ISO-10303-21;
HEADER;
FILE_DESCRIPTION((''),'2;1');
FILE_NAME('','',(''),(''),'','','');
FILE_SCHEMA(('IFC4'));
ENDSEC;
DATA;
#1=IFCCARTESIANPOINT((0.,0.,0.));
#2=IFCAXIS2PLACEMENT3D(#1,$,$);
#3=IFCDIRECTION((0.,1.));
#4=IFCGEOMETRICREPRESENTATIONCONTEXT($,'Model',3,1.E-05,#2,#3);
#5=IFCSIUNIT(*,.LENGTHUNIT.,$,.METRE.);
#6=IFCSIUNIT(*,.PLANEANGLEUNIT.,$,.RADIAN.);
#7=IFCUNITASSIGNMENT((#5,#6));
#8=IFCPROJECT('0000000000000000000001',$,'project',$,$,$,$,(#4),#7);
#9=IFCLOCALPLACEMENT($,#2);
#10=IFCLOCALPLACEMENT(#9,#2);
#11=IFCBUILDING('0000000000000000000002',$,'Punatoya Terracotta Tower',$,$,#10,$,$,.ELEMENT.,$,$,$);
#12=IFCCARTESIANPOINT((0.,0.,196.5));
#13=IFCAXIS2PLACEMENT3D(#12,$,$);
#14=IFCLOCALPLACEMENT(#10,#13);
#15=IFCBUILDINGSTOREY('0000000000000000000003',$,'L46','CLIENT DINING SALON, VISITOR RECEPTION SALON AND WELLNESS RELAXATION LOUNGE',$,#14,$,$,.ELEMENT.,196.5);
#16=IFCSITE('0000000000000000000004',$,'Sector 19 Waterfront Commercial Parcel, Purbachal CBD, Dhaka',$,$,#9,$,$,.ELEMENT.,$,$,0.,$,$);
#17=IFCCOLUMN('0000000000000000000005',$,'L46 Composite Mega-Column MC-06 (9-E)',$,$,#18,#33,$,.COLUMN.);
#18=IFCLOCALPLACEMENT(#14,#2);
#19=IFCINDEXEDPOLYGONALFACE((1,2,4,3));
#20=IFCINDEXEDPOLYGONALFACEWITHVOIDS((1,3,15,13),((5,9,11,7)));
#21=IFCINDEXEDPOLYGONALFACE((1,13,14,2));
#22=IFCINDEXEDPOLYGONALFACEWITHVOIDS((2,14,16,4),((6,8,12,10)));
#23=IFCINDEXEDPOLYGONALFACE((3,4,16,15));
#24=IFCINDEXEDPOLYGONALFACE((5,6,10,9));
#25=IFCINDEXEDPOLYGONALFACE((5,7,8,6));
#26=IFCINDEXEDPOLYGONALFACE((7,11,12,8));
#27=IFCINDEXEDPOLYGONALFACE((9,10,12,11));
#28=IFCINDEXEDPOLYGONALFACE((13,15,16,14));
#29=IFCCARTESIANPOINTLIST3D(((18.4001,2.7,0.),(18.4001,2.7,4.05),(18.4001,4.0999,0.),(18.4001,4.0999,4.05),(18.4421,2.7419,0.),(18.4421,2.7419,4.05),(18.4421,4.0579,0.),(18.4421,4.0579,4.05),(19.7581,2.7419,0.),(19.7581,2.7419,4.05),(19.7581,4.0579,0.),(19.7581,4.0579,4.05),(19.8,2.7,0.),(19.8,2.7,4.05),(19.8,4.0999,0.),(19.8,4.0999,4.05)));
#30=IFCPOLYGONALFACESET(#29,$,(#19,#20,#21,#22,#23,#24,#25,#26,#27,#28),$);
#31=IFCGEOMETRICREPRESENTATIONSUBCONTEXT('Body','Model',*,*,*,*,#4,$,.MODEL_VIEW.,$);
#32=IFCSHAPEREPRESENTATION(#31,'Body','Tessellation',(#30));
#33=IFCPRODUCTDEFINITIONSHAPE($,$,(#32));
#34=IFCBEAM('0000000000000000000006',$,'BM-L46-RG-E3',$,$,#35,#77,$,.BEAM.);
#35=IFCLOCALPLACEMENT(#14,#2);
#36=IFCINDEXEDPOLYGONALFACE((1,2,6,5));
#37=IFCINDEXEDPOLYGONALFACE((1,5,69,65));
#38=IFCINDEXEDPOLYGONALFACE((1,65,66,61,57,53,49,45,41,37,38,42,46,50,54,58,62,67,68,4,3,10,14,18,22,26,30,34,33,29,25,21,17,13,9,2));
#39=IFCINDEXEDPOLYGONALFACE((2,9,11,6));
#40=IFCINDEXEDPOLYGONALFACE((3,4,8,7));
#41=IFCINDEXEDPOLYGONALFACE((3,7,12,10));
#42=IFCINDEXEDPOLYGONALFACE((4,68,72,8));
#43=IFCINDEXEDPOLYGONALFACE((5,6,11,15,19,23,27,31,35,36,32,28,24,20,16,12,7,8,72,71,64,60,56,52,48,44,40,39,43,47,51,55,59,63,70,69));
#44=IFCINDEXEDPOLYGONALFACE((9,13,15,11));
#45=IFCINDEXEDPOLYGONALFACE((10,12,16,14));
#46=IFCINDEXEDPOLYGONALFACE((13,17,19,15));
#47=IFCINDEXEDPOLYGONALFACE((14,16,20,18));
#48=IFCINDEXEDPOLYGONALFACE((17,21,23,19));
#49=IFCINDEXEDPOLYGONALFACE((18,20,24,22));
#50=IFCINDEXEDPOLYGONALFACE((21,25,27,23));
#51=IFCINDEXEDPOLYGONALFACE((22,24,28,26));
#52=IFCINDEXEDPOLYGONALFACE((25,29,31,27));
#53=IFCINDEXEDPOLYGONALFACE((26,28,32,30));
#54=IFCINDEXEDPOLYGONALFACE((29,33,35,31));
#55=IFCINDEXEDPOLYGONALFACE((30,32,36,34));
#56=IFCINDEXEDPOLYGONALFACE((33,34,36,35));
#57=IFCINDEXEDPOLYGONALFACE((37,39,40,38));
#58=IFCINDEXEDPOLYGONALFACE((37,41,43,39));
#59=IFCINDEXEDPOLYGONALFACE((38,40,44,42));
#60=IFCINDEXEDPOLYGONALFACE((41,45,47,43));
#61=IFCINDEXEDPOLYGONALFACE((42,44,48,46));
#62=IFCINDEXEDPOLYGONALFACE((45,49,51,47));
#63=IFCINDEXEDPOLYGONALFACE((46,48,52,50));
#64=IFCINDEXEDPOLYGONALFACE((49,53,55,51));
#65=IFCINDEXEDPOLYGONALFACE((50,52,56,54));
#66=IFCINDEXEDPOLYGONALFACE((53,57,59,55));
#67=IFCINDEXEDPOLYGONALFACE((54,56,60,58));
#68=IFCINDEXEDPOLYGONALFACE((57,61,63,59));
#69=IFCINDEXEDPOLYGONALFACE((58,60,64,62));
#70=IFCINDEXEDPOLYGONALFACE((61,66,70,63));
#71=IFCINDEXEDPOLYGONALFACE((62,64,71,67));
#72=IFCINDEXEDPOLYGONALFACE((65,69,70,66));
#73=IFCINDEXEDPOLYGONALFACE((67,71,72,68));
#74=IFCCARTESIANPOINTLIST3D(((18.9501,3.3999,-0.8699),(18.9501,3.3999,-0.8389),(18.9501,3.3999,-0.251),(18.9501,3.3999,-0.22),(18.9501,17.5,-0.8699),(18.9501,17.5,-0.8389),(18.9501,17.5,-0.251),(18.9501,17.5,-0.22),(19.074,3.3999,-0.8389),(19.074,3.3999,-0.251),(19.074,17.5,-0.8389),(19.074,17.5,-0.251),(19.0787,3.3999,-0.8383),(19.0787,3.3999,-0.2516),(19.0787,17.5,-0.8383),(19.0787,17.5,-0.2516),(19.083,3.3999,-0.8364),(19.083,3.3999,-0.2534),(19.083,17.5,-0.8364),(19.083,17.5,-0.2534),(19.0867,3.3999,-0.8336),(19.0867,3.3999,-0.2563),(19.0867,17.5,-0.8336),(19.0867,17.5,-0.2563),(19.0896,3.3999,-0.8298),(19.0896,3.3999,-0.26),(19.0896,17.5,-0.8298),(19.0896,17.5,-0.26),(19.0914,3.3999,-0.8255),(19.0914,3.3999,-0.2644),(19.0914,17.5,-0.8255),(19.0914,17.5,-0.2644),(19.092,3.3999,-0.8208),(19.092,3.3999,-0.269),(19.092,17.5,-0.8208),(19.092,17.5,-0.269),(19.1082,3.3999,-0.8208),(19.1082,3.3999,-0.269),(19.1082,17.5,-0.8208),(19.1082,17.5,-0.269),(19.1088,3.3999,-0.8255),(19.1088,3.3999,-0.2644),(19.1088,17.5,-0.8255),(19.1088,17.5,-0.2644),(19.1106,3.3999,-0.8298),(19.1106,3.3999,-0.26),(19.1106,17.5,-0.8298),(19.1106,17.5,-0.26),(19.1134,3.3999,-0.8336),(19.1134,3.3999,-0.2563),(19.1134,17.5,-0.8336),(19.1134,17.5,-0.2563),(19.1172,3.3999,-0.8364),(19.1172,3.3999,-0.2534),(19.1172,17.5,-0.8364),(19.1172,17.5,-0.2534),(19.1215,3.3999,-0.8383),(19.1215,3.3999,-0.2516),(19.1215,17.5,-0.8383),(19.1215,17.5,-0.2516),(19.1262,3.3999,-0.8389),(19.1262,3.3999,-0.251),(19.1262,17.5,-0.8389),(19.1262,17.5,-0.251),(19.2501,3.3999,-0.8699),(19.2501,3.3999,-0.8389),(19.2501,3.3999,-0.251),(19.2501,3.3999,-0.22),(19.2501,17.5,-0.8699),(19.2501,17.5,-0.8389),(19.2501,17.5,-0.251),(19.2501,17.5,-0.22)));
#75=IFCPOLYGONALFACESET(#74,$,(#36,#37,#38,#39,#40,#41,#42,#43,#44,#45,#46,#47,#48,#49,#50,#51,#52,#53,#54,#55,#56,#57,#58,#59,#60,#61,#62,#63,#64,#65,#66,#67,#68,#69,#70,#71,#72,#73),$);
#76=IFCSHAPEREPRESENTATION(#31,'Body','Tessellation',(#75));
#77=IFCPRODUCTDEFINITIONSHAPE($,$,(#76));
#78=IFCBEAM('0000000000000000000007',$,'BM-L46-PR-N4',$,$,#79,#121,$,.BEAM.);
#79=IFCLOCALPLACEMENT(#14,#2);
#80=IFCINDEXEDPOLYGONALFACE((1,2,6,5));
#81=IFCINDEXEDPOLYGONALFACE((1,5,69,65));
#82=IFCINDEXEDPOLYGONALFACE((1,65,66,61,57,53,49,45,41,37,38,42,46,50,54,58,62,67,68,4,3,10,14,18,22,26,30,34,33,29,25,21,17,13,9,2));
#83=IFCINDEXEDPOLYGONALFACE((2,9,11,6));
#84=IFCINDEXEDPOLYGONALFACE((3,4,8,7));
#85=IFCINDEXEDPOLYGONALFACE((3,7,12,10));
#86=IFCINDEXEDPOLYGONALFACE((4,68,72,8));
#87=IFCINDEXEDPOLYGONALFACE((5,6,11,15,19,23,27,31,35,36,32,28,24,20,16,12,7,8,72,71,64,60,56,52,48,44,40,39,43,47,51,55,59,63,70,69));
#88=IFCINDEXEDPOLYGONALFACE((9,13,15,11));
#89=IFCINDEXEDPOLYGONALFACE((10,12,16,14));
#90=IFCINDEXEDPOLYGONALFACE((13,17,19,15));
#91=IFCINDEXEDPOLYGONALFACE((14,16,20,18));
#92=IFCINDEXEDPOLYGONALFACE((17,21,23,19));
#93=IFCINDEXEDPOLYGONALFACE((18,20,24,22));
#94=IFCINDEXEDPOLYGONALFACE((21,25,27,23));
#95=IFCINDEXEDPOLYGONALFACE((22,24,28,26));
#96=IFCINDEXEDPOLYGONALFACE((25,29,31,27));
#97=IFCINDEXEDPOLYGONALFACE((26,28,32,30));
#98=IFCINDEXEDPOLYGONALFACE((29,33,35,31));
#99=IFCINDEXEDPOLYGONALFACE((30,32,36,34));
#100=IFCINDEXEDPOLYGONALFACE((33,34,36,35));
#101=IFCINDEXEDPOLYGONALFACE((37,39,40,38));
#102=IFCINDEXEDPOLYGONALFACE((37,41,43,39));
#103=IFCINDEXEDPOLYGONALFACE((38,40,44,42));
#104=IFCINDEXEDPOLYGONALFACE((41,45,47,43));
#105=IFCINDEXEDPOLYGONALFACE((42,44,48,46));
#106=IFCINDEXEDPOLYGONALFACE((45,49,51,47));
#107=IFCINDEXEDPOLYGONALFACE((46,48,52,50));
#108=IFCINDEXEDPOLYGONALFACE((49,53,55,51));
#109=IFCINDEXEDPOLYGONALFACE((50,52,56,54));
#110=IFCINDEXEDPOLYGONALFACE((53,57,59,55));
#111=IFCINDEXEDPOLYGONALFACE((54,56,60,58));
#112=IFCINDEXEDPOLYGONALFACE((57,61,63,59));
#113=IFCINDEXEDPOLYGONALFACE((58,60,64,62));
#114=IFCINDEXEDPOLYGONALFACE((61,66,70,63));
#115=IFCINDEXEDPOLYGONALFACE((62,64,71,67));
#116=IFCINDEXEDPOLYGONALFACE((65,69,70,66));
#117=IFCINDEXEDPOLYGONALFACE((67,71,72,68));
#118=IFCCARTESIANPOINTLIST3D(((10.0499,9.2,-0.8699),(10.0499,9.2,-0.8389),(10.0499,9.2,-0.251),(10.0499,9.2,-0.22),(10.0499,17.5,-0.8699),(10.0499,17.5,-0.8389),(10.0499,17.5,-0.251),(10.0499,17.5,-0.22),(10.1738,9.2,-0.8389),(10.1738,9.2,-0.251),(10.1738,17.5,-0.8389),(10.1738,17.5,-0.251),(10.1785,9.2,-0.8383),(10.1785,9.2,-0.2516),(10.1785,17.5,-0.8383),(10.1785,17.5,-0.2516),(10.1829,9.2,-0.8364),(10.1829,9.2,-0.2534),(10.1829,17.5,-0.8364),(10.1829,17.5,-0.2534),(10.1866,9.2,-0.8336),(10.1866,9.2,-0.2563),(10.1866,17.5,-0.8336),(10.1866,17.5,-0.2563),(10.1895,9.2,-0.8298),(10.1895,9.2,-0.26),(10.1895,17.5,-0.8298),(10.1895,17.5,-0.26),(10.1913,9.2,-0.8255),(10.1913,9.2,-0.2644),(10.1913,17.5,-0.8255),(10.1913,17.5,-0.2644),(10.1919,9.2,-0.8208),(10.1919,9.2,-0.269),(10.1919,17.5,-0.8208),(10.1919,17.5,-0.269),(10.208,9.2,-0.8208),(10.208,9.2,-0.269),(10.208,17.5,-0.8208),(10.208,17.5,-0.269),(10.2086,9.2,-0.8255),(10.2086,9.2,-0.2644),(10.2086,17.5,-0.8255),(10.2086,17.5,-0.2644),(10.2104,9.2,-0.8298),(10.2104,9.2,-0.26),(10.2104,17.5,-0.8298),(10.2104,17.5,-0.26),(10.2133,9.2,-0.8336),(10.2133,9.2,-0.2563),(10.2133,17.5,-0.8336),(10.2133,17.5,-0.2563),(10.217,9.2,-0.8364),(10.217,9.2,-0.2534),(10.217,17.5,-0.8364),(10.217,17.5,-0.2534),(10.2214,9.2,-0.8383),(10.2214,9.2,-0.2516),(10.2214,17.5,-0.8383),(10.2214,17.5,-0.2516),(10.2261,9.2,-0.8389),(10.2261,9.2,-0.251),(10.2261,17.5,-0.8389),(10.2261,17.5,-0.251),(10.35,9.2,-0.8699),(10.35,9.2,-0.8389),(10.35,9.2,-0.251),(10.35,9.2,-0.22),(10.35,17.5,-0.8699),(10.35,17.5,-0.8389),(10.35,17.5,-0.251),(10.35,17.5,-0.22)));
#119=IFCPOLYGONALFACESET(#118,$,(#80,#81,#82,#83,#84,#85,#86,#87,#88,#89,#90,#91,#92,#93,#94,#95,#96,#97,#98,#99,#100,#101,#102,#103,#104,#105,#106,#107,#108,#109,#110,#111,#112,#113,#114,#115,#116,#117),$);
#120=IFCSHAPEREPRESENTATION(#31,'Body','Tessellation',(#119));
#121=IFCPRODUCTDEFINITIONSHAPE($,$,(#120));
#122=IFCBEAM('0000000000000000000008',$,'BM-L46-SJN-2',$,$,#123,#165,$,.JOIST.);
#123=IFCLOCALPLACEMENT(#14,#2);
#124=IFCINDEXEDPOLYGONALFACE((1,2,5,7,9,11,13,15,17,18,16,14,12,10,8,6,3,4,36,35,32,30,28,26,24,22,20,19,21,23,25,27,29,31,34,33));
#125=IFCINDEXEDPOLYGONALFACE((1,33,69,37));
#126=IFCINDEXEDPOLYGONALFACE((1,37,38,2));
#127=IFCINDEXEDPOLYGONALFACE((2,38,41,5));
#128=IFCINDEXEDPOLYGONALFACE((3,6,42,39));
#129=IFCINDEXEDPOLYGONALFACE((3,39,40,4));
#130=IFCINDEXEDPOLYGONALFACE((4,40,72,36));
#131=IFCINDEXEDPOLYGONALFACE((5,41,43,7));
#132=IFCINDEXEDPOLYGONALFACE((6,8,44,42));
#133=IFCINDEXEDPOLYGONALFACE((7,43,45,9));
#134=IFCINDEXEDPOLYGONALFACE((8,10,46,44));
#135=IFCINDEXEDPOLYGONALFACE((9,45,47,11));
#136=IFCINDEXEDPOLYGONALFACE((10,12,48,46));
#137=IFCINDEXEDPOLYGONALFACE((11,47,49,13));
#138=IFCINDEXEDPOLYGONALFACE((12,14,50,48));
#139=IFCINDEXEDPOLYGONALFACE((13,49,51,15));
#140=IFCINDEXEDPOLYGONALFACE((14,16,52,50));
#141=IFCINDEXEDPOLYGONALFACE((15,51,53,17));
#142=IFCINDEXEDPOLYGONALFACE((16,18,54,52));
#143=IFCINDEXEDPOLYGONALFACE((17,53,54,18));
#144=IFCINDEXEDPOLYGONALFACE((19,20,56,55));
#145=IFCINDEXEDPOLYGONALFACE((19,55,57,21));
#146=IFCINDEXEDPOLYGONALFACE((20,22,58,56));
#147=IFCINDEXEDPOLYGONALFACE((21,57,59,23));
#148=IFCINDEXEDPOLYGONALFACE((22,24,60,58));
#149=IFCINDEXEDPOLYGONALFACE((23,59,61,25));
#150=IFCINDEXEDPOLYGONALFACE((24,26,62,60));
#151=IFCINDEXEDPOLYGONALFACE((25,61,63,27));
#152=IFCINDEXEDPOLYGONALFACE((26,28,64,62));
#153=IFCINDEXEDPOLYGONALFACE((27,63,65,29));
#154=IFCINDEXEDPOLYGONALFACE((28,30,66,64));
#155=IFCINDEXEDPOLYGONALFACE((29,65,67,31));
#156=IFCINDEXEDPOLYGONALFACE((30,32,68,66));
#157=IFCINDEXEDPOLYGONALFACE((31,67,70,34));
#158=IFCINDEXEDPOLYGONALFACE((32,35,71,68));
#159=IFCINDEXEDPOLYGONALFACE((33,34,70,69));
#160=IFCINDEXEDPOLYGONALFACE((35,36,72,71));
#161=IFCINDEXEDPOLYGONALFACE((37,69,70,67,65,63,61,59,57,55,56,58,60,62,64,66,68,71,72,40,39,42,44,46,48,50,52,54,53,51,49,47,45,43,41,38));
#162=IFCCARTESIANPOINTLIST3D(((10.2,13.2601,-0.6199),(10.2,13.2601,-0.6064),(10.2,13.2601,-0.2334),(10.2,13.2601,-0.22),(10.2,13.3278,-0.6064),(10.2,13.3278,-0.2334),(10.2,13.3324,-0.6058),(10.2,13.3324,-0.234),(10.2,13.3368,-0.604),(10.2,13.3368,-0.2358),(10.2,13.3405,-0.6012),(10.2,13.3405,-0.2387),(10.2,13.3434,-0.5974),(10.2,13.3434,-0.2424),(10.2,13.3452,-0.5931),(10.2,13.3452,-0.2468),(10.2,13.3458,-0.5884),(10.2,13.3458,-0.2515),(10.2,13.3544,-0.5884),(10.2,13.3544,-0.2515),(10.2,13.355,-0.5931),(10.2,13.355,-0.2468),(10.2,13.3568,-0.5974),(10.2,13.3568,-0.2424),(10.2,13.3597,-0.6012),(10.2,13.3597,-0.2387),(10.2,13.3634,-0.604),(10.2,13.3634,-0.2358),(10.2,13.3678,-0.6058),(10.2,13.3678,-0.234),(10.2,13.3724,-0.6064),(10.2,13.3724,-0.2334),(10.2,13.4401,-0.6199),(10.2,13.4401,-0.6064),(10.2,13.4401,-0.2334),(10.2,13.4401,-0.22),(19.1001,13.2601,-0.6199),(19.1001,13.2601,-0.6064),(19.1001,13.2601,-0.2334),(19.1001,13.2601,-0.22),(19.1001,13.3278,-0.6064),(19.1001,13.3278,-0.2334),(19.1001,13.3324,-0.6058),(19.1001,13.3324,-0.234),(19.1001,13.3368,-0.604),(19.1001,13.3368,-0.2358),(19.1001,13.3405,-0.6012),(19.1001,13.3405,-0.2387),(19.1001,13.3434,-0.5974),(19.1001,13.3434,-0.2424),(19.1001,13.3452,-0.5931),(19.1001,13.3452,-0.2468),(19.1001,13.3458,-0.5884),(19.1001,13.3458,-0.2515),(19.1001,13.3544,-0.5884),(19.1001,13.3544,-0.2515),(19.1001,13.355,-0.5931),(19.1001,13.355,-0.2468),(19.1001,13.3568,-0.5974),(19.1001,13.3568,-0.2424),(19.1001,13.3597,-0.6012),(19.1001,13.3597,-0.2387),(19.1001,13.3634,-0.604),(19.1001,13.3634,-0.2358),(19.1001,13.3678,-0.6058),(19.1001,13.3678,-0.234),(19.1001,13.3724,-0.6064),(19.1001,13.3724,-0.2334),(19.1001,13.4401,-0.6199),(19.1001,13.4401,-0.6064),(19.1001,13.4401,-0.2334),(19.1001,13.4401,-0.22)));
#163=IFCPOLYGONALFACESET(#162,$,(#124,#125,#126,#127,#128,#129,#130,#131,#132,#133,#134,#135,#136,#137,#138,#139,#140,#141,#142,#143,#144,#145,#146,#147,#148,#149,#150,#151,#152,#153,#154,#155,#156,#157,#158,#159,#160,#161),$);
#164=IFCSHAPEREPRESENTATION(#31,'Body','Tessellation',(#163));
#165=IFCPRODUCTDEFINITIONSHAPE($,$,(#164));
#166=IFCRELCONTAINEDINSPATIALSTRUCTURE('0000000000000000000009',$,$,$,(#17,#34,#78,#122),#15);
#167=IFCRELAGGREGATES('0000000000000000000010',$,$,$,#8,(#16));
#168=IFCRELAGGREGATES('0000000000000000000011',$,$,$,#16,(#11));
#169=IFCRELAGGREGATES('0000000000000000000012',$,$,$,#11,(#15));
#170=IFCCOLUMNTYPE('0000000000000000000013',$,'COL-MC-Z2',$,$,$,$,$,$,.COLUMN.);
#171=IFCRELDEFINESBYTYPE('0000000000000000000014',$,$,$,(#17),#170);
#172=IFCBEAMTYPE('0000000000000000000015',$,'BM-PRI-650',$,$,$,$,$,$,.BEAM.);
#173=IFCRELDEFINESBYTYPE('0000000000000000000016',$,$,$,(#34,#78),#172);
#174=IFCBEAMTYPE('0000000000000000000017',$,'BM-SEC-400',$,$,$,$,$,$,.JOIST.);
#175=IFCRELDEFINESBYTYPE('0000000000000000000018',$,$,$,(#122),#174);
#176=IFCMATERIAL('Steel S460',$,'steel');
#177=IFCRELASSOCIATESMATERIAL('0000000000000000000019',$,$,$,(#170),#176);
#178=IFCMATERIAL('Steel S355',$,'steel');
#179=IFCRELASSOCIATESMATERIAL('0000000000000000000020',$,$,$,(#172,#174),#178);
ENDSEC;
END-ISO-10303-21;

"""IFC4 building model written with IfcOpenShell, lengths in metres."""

from ifc_helpers import new_model, si_unit, direction, frame, origin, origin_2d, place, context, subcontext, project, spatial, hollow_rectangle, i_section, extrude, material, material_profile, profile_set, type_object, element, save


model = new_model("IFC4")

# Units and contexts
model_context = context("Model", 3, precision=1e-05, world=origin(), true_north=direction((0.0, 1.0)))
body_context = subcontext(model_context, "Body", "Model", "MODEL_VIEW")
ifc_project = project(units=[si_unit("LENGTHUNIT", "METRE"), si_unit("PLANEANGLEUNIT", "RADIAN")], contexts=[model_context])

# Site, building, storey
site_placement = place(None, origin())
site = spatial("IfcSite", under=ifc_project, at=site_placement, Name="Sector 19 Waterfront Commercial Parcel, Purbachal CBD, Dhaka", CompositionType="ELEMENT", RefElevation=0.0)
building_placement = place(site_placement, origin())
building = spatial("IfcBuilding", under=site, at=building_placement, Name="Punatoya Terracotta Tower", CompositionType="ELEMENT")
storey_placement = place(building_placement, frame((0.0, 0.0, 196.5)))
storey = spatial("IfcBuildingStorey", under=building, at=storey_placement, Name="L46", Description="CLIENT DINING SALON, VISITOR RECEPTION SALON AND WELLNESS RELAXATION LOUNGE", CompositionType="ELEMENT", Elevation=196.5)

# Column
ifc_material_1 = material(Name="Steel S460", Category="steel")
ifc_material_profile_1 = material_profile(ifc_material_1, hollow_rectangle(XDim=1.3999, YDim=1.3999, WallThickness=0.042, at=origin_2d()))
ifc_profile_set_1 = profile_set([ifc_material_profile_1], Name="Steel S460")
column_type = type_object("IfcColumnType", Name="COL-MC-Z2", PredefinedType="COLUMN", material=ifc_profile_set_1)
column_placement = place(storey_placement, frame((19.1001, 3.3999, 0.0), z_axis=(0.0, 0.0, 1.0), x_axis=(1.0, 0.0, 0.0)))
element("IfcColumn", 1, at=column_placement, inside=storey, type_object=column_type, Name="L46 Composite Mega-Column MC-06 (9-E)", PredefinedType="COLUMN", context=body_context, shape_type="SweptSolid", body=[
    extrude(hollow_rectangle(XDim=1.3999, YDim=1.3999, WallThickness=0.042, at=origin_2d()), origin(), (0.0, 0.0, 1.0), 4.05),
])

# Beams
ifc_material_2 = material(Name="Steel S355", Category="steel")
ifc_material_profile_2 = material_profile(ifc_material_2, i_section(OverallWidth=0.3, OverallDepth=0.6499, WebThickness=0.0161, FlangeThickness=0.031, FilletRadius=0.0181, at=origin_2d()))
ifc_profile_set_2 = profile_set([ifc_material_profile_2], Name="Steel S355")
beam_type_1 = type_object("IfcBeamType", Name="BM-PRI-650", PredefinedType="BEAM", material=ifc_profile_set_2)
beam_1_placement = place(storey_placement, frame((19.1001, 3.3999, -0.5449), z_axis=(0.0, 1.0, 0.0), x_axis=(-1.0, 0.0, 0.0)))
element("IfcBeam", 2, at=beam_1_placement, inside=storey, type_object=beam_type_1, Name="BM-L46-RG-E3", PredefinedType="BEAM", context=body_context, shape_type="SweptSolid", body=[
    extrude(i_section(OverallWidth=0.3, OverallDepth=0.6499, WebThickness=0.0161, FlangeThickness=0.031, FilletRadius=0.0181, at=origin_2d()), origin(), (0.0, 0.0, 1.0), 14.1001),
])
beam_2_placement = place(storey_placement, frame((10.2, 9.2, -0.5449), z_axis=(0.0, 1.0, 0.0), x_axis=(-1.0, 0.0, 0.0)))
element("IfcBeam", 3, at=beam_2_placement, inside=storey, type_object=beam_type_1, Name="BM-L46-PR-N4", PredefinedType="BEAM", context=body_context, shape_type="SweptSolid", body=[
    extrude(i_section(OverallWidth=0.3, OverallDepth=0.6499, WebThickness=0.0161, FlangeThickness=0.031, FilletRadius=0.0181, at=origin_2d()), origin(), (0.0, 0.0, 1.0), 8.3),
])
ifc_material_profile_3 = material_profile(ifc_material_2, i_section(OverallWidth=0.1799, OverallDepth=0.3999, WebThickness=0.0085, FlangeThickness=0.0134, FilletRadius=0.0181, at=origin_2d()))
ifc_profile_set_3 = profile_set([ifc_material_profile_3], Name="Steel S355")
beam_type_2 = type_object("IfcBeamType", Name="BM-SEC-400", PredefinedType="JOIST", material=ifc_profile_set_3)
beam_3_placement = place(storey_placement, frame((10.2, 13.3501, -0.4199), z_axis=(1.0, 0.0, 0.0), x_axis=(0.0, 1.0, 0.0)))
element("IfcBeam", 4, at=beam_3_placement, inside=storey, type_object=beam_type_2, Name="BM-L46-SJN-2", PredefinedType="JOIST", context=body_context, shape_type="SweptSolid", body=[
    extrude(i_section(OverallWidth=0.1799, OverallDepth=0.3999, WebThickness=0.0085, FlangeThickness=0.0134, FilletRadius=0.0181, at=origin_2d()), origin(), (0.0, 0.0, 1.0), 8.9001),
])

save(model, "model.ifc")
